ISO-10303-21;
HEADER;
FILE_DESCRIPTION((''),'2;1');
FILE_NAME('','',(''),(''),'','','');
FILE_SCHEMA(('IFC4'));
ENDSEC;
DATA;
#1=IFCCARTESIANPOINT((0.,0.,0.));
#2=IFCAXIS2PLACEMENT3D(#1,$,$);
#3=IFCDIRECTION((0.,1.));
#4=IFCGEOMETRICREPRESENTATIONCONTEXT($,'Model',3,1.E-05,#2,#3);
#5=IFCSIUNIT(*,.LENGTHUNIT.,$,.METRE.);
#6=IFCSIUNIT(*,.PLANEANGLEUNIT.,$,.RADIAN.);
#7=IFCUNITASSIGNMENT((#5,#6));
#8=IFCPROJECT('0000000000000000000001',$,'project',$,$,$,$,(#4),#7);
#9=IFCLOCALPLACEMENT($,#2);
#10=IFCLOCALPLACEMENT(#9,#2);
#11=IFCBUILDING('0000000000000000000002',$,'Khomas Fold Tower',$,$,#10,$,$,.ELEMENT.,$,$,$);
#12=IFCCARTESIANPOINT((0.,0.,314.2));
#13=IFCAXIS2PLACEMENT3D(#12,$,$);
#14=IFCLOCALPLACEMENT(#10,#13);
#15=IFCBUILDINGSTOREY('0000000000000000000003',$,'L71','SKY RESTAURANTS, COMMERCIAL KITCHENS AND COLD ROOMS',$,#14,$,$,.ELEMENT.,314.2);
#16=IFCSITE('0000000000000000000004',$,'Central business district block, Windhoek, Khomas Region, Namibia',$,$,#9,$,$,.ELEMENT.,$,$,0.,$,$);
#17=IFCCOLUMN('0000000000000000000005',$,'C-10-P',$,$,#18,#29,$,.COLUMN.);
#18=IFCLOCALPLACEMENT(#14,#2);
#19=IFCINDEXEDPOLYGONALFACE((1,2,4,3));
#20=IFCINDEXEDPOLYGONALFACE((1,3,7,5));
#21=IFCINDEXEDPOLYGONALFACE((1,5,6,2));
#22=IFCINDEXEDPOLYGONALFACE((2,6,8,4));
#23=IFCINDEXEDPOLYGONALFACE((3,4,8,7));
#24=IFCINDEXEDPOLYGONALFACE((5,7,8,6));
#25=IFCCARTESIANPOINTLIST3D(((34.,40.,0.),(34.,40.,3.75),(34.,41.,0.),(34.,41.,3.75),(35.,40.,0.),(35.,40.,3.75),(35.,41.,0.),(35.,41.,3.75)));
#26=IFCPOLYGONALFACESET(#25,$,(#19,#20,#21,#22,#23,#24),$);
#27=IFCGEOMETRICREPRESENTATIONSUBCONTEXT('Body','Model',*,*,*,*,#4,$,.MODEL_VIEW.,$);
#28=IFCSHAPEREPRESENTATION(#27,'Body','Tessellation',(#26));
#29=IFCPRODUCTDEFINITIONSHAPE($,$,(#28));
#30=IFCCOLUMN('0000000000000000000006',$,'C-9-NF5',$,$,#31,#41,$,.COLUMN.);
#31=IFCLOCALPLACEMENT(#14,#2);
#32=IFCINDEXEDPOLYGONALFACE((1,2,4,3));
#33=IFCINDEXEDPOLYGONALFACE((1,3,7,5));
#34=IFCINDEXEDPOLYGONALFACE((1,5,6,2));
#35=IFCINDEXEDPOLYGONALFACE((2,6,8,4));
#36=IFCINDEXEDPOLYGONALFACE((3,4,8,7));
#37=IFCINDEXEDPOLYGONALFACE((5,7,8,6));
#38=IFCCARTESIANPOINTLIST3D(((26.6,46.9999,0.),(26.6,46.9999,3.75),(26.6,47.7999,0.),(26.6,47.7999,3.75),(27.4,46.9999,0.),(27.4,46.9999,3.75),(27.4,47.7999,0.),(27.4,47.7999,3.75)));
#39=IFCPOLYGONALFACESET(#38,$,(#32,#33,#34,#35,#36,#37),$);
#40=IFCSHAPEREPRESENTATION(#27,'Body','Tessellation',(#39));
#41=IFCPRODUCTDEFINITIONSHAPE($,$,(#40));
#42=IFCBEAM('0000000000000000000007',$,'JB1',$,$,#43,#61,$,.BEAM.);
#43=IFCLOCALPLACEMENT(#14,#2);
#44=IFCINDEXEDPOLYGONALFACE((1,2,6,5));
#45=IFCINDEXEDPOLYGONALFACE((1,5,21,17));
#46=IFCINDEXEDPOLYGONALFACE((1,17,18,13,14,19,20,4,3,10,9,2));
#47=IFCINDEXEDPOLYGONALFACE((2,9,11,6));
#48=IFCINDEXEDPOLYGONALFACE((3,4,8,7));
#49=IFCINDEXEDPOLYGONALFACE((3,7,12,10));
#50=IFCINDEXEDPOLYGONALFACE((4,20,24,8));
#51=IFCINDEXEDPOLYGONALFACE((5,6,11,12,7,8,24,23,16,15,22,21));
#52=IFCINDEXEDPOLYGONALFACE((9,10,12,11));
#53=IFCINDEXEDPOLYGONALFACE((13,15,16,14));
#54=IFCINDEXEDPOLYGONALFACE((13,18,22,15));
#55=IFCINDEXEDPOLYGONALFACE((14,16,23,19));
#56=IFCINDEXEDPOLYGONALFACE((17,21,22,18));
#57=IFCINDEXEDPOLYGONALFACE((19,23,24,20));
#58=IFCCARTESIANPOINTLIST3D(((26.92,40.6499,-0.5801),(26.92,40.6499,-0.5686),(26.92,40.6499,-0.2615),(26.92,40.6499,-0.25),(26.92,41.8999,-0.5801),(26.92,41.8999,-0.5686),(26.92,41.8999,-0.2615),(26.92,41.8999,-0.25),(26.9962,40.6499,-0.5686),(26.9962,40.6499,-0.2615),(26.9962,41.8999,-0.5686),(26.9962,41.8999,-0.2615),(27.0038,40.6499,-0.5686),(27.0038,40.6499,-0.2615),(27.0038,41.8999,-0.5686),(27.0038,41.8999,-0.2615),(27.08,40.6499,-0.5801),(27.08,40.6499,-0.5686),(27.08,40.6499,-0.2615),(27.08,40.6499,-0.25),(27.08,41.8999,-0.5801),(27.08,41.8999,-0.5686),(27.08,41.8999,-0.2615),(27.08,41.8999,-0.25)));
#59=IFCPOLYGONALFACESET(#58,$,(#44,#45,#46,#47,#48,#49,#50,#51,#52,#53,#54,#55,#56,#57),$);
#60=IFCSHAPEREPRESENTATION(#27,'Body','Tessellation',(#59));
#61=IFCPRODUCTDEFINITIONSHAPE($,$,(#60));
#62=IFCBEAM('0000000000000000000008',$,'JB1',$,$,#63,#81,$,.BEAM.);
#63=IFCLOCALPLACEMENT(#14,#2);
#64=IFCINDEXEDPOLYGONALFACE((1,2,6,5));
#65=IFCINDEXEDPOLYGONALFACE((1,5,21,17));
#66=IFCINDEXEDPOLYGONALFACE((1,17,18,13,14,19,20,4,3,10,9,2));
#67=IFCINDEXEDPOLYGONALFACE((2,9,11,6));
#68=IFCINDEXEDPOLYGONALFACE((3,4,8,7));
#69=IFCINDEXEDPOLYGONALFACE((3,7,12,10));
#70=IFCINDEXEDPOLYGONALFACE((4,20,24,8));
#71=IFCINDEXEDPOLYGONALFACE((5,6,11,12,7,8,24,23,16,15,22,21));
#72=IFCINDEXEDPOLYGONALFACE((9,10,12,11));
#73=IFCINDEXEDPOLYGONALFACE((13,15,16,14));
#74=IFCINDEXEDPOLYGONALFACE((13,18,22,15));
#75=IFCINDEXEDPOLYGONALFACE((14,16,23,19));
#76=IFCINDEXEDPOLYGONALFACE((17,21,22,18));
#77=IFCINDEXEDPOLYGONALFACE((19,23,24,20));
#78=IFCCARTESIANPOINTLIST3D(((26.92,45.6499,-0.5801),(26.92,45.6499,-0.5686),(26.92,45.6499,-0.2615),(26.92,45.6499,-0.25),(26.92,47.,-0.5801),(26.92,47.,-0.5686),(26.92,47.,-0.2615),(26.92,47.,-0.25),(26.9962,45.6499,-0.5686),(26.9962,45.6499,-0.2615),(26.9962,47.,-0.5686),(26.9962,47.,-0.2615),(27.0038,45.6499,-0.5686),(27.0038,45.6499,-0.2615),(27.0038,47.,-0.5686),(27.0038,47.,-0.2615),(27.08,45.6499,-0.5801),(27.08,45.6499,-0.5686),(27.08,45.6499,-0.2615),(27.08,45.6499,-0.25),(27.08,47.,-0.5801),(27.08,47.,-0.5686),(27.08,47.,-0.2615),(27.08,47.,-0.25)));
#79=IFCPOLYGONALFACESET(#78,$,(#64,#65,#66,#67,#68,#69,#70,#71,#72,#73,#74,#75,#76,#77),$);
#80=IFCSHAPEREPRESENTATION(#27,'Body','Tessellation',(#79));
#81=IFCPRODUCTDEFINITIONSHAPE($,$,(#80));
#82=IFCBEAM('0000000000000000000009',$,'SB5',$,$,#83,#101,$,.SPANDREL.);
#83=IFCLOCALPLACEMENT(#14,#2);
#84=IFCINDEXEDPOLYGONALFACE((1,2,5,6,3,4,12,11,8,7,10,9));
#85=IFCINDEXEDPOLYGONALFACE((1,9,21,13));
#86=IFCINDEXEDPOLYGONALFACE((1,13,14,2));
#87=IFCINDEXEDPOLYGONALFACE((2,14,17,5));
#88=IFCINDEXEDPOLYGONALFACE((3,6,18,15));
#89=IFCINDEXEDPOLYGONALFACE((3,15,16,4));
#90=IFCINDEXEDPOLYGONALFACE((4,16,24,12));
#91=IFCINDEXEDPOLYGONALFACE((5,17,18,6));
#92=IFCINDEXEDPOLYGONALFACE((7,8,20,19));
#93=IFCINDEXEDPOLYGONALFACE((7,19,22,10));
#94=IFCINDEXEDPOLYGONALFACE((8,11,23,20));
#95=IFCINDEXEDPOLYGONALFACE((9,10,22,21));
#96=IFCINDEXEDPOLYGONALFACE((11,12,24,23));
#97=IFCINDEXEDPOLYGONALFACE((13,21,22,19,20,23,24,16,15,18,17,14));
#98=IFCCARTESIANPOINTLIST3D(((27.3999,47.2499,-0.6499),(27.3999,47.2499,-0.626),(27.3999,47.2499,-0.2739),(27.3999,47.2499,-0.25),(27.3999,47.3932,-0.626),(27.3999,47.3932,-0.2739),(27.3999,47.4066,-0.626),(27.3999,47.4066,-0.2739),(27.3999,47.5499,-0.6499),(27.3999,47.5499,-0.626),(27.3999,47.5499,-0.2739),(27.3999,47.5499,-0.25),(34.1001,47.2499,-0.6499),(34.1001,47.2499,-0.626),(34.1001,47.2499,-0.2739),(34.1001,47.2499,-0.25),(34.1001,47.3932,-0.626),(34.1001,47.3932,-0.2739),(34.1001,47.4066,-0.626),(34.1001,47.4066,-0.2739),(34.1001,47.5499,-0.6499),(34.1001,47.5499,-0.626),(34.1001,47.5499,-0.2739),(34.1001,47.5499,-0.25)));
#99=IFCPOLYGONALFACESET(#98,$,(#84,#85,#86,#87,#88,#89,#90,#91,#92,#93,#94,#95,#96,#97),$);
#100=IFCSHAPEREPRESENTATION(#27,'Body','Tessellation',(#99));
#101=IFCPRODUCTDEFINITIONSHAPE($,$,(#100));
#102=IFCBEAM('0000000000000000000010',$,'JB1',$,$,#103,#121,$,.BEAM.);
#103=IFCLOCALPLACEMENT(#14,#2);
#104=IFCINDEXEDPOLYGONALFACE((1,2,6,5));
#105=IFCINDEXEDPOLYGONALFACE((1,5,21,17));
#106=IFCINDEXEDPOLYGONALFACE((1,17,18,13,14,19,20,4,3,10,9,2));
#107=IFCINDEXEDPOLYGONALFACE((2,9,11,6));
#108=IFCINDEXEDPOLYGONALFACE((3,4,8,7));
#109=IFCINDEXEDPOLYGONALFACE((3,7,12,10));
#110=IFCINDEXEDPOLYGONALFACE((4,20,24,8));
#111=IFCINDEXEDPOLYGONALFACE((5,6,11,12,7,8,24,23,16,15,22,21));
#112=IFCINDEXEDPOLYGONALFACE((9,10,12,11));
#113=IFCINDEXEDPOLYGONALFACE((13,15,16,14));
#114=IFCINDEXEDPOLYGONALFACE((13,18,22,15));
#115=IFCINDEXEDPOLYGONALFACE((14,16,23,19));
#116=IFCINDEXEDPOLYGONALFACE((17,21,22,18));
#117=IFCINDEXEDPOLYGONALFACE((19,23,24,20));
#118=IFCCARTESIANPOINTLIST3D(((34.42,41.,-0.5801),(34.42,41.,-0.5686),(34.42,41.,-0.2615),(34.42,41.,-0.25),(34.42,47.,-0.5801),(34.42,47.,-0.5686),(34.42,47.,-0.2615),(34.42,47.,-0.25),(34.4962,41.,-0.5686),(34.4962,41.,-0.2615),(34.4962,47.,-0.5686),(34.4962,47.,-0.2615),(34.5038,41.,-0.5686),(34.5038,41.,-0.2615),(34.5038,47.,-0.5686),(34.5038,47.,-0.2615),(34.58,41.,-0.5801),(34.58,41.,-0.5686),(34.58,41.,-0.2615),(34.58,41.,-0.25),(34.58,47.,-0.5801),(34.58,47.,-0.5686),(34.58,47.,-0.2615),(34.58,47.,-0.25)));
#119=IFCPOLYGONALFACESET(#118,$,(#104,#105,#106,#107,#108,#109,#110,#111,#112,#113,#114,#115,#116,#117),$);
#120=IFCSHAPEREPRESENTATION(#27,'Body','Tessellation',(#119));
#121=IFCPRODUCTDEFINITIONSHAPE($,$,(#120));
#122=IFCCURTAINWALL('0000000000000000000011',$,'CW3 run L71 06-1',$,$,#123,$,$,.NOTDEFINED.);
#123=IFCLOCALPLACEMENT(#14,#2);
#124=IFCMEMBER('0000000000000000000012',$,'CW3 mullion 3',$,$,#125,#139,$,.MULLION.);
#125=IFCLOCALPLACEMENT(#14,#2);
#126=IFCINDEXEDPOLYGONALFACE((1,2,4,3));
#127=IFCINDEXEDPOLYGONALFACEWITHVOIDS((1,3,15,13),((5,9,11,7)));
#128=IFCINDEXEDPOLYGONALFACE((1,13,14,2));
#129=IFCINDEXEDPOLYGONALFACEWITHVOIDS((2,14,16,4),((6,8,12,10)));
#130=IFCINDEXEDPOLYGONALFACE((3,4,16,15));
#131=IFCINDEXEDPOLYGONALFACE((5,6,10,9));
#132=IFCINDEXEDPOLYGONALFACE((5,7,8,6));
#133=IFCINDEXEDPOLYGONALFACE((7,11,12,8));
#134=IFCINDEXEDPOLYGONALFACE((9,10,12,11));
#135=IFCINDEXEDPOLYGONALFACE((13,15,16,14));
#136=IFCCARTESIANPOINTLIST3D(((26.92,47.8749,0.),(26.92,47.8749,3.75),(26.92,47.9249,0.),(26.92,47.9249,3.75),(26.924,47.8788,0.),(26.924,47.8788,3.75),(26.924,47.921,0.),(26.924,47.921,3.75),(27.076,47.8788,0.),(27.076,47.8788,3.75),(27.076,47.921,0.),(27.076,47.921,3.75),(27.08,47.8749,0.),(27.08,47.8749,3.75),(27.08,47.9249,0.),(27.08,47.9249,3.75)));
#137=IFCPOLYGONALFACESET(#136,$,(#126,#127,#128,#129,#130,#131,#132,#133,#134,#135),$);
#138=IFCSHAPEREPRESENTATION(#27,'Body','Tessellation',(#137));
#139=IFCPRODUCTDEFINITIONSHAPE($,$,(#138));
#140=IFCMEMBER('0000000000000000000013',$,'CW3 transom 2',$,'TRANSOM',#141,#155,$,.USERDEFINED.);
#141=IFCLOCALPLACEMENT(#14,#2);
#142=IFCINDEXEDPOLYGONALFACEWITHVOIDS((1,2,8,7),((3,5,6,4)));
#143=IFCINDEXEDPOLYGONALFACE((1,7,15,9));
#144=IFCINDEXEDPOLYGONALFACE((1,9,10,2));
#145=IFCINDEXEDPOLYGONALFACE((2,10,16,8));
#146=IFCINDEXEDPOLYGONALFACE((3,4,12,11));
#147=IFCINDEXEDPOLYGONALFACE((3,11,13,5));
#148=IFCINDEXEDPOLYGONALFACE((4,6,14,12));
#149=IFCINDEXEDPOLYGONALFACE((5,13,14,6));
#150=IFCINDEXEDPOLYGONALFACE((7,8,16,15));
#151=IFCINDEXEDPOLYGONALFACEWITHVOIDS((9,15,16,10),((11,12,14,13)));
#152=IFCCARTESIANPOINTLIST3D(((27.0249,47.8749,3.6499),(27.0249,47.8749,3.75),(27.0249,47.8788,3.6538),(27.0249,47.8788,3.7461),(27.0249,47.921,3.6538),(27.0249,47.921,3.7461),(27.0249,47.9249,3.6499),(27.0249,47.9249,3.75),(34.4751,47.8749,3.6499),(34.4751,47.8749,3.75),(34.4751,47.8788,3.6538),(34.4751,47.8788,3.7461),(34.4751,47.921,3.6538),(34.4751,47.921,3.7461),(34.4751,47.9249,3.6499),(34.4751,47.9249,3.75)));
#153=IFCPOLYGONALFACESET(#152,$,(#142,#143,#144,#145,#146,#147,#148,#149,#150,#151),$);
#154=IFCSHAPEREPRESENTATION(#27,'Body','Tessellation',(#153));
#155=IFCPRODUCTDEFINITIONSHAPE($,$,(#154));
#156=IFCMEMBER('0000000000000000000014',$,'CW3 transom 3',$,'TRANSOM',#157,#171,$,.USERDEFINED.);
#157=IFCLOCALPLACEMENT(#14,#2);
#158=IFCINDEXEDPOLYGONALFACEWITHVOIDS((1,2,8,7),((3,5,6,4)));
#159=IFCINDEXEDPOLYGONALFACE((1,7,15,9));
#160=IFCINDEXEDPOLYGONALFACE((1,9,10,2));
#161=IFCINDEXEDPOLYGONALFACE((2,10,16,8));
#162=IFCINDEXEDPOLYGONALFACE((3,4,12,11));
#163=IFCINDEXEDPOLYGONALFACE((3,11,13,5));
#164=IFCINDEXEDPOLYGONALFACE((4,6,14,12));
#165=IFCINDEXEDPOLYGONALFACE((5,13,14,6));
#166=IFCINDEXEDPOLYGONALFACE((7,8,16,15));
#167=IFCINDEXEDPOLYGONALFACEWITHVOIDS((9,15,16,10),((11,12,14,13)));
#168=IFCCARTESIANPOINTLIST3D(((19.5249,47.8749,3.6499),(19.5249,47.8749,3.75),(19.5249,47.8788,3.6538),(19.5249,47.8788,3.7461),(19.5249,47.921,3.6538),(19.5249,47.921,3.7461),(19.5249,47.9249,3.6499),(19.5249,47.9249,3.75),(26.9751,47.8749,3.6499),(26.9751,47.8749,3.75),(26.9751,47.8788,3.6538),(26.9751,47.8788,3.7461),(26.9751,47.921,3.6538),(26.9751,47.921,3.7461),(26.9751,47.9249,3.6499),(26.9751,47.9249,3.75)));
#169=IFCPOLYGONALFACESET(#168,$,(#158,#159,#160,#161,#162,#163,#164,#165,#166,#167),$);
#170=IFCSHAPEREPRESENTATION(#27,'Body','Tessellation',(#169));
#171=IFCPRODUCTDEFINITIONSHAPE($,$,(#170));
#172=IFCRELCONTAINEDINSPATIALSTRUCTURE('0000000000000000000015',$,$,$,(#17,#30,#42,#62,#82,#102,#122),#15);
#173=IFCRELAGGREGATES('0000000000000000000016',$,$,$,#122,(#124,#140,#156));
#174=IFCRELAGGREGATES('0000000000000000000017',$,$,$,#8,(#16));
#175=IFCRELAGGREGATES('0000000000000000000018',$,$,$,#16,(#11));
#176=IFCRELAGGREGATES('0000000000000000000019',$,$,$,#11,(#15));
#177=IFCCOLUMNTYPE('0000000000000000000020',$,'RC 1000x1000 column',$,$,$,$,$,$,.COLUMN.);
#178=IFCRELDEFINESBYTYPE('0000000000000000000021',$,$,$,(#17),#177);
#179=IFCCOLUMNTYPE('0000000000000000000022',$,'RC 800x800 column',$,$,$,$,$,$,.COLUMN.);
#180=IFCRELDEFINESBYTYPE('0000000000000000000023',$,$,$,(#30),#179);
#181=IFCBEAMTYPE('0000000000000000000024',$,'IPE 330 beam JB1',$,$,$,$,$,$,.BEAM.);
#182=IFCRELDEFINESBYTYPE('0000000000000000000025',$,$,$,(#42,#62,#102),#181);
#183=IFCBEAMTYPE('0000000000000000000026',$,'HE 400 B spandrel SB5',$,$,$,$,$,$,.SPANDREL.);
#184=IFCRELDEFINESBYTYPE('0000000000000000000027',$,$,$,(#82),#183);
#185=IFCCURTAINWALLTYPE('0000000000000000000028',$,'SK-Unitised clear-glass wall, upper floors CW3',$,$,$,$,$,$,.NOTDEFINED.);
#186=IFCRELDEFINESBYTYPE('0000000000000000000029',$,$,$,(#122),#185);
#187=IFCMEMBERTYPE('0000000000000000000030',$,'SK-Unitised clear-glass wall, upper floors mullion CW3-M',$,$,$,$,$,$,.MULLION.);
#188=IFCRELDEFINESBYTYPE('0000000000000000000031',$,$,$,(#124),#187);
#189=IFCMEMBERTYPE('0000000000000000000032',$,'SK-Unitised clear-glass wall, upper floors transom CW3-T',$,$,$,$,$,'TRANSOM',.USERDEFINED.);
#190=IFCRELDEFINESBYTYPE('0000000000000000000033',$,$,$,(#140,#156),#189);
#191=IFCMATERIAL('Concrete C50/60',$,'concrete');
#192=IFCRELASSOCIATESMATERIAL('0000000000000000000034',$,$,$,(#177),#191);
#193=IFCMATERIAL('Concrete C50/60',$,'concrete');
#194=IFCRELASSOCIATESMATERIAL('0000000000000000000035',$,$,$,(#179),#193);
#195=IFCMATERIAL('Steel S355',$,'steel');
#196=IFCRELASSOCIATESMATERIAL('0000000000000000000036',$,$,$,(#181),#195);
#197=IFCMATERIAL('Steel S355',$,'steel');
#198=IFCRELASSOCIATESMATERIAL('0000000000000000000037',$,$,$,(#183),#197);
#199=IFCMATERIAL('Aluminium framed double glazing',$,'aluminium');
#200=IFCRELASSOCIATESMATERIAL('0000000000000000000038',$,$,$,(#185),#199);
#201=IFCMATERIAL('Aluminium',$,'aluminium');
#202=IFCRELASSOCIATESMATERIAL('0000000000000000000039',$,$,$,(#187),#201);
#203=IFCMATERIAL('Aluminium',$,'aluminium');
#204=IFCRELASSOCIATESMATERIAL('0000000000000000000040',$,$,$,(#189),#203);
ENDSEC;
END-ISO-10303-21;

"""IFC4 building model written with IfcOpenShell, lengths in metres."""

from ifc_helpers import new_model, si_unit, direction, frame, origin, origin_2d, place, context, subcontext, project, spatial, rectangle, hollow_rectangle, i_section, extrude, source, transform, mapped, material, material_profile, profile_set, type_object, element, aggregate, save


model = new_model("IFC4")

# Units and contexts
model_context = context("Model", 3, precision=1e-05, world=origin(), true_north=direction((0.0, 1.0)))
body_context = subcontext(model_context, "Body", "Model", "MODEL_VIEW")
ifc_project = project(units=[si_unit("LENGTHUNIT", "METRE"), si_unit("PLANEANGLEUNIT", "RADIAN")], contexts=[model_context])

# Site, building, storey
site_placement = place(None, origin())
site = spatial("IfcSite", under=ifc_project, at=site_placement, Name="Central business district block, Windhoek, Khomas Region, Namibia", CompositionType="ELEMENT", RefElevation=0.0)
building_placement = place(site_placement, origin())
building = spatial("IfcBuilding", under=site, at=building_placement, Name="Khomas Fold Tower", CompositionType="ELEMENT")
storey_placement = place(building_placement, frame((0.0, 0.0, 314.2)))
storey = spatial("IfcBuildingStorey", under=building, at=storey_placement, Name="L71", Description="SKY RESTAURANTS, COMMERCIAL KITCHENS AND COLD ROOMS", CompositionType="ELEMENT", Elevation=314.2)

# Columns
ifc_material_1 = material(Name="Concrete C50/60", Category="concrete")
ifc_material_profile_1 = material_profile(ifc_material_1, rectangle(XDim=1.0, YDim=1.0, at=origin_2d()), Name="RC 1000x1000")
ifc_profile_set_1 = profile_set([ifc_material_profile_1], Name="Concrete C50/60")
column_type_1 = type_object("IfcColumnType", Name="RC 1000x1000 column", PredefinedType="COLUMN", material=ifc_profile_set_1)
shared_shape_1 = source(origin(), body_context, "Body", "SweptSolid", [
    extrude(rectangle(XDim=1.0, YDim=1.0, at=origin_2d()), origin(), (0.0, 0.0, 1.0), 3.75),
])
column_1_placement = place(storey_placement, frame((34.5, 40.5, 0.0), z_axis=(0.0, 0.0, 1.0), x_axis=(1.0, 0.0, 0.0)))
element("IfcColumn", 1, at=column_1_placement, inside=storey, type_object=column_type_1, Name="C-10-P", PredefinedType="COLUMN", context=body_context, shape_type="MappedRepresentation", body=[
    mapped(shared_shape_1, transform((0.0, 0.0, 0.0))),
])
ifc_material_2 = material(Name="Concrete C50/60", Category="concrete")
ifc_material_profile_2 = material_profile(ifc_material_2, rectangle(XDim=0.8, YDim=0.8, at=origin_2d()), Name="RC 800x800")
ifc_profile_set_2 = profile_set([ifc_material_profile_2], Name="Concrete C50/60")
column_type_2 = type_object("IfcColumnType", Name="RC 800x800 column", PredefinedType="COLUMN", material=ifc_profile_set_2)
shared_shape_2 = source(origin(), body_context, "Body", "SweptSolid", [
    extrude(rectangle(XDim=0.8, YDim=0.8, at=origin_2d()), origin(), (0.0, 0.0, 1.0), 3.75),
])
column_2_placement = place(storey_placement, frame((27.0, 47.3999, 0.0), z_axis=(0.0, 0.0, 1.0), x_axis=(1.0, 0.0, 0.0)))
element("IfcColumn", 2, at=column_2_placement, inside=storey, type_object=column_type_2, Name="C-9-NF5", PredefinedType="COLUMN", context=body_context, shape_type="MappedRepresentation", body=[
    mapped(shared_shape_2, transform((0.0, 0.0, 0.0))),
])

# Beams
ifc_material_3 = material(Name="Steel S355", Category="steel")
ifc_material_profile_3 = material_profile(ifc_material_3, i_section(OverallWidth=0.1599, OverallDepth=0.3301, WebThickness=0.0076, FlangeThickness=0.0115, at=origin_2d()), Name="IPE 330")
ifc_profile_set_3 = profile_set([ifc_material_profile_3], Name="Steel S355")
beam_type_1 = type_object("IfcBeamType", Name="IPE 330 beam JB1", PredefinedType="BEAM", material=ifc_profile_set_3)
shared_shape_3 = source(origin(), body_context, "Body", "SweptSolid", [
    extrude(i_section(OverallWidth=0.1599, OverallDepth=0.3301, WebThickness=0.0076, FlangeThickness=0.0115, at=origin_2d()), origin(), (0.0, 0.0, 1.0), 1.25),
])
beam_1_placement = place(storey_placement, frame((27.0, 40.6499, -0.415), z_axis=(0.0, 1.0, 0.0), x_axis=(-1.0, 0.0, 0.0)))
element("IfcBeam", 3, at=beam_1_placement, inside=storey, type_object=beam_type_1, Name="JB1", PredefinedType="BEAM", context=body_context, shape_type="MappedRepresentation", body=[
    mapped(shared_shape_3, transform((0.0, 0.0, 0.0))),
])
shared_shape_4 = source(origin(), body_context, "Body", "SweptSolid", [
    extrude(i_section(OverallWidth=0.1599, OverallDepth=0.3301, WebThickness=0.0076, FlangeThickness=0.0115, at=origin_2d()), origin(), (0.0, 0.0, 1.0), 1.3501),
])
beam_2_placement = place(storey_placement, frame((27.0, 45.6499, -0.415), z_axis=(0.0, 1.0, 0.0), x_axis=(-1.0, 0.0, 0.0)))
element("IfcBeam", 4, at=beam_2_placement, inside=storey, type_object=beam_type_1, Name="JB1", PredefinedType="BEAM", context=body_context, shape_type="MappedRepresentation", body=[
    mapped(shared_shape_4, transform((0.0, 0.0, 0.0))),
])
ifc_material_4 = material(Name="Steel S355", Category="steel")
ifc_material_profile_4 = material_profile(ifc_material_4, i_section(OverallWidth=0.3, OverallDepth=0.3999, WebThickness=0.0134, FlangeThickness=0.0239, at=origin_2d()), Name="HE 400 B")
ifc_profile_set_4 = profile_set([ifc_material_profile_4], Name="Steel S355")
beam_type_2 = type_object("IfcBeamType", Name="HE 400 B spandrel SB5", PredefinedType="SPANDREL", material=ifc_profile_set_4)
shared_shape_5 = source(origin(), body_context, "Body", "SweptSolid", [
    extrude(i_section(OverallWidth=0.3, OverallDepth=0.3999, WebThickness=0.0134, FlangeThickness=0.0239, at=origin_2d()), origin(), (0.0, 0.0, 1.0), 6.7002),
])
beam_3_placement = place(storey_placement, frame((27.3999, 47.3999, -0.45), z_axis=(1.0, 0.0, 0.0), x_axis=(0.0, 1.0, 0.0)))
element("IfcBeam", 5, at=beam_3_placement, inside=storey, type_object=beam_type_2, Name="SB5", PredefinedType="SPANDREL", context=body_context, shape_type="MappedRepresentation", body=[
    mapped(shared_shape_5, transform((0.0, 0.0, 0.0))),
])
shared_shape_6 = source(origin(), body_context, "Body", "SweptSolid", [
    extrude(i_section(OverallWidth=0.1599, OverallDepth=0.3301, WebThickness=0.0076, FlangeThickness=0.0115, at=origin_2d()), origin(), (0.0, 0.0, 1.0), 6.0),
])
beam_4_placement = place(storey_placement, frame((34.5, 41.0, -0.415), z_axis=(0.0, 1.0, 0.0), x_axis=(-1.0, 0.0, 0.0)))
element("IfcBeam", 6, at=beam_4_placement, inside=storey, type_object=beam_type_1, Name="JB1", PredefinedType="BEAM", context=body_context, shape_type="MappedRepresentation", body=[
    mapped(shared_shape_6, transform((0.0, 0.0, 0.0))),
])

# Curtain wall, members
ifc_material_5 = material(Name="Aluminium framed double glazing", Category="aluminium")
curtain_wall_type = type_object("IfcCurtainWallType", Name="SK-Unitised clear-glass wall, upper floors CW3", PredefinedType="NOTDEFINED", material=ifc_material_5)
curtain_wall_placement = place(storey_placement, origin())
curtain_wall = element("IfcCurtainWall", 7, at=curtain_wall_placement, inside=storey, type_object=curtain_wall_type, Name="CW3 run L71 06-1", PredefinedType="NOTDEFINED")
ifc_material_6 = material(Name="Aluminium", Category="aluminium")
ifc_material_profile_5 = material_profile(ifc_material_6, hollow_rectangle(XDim=0.05, YDim=0.1599, WallThickness=0.0039, at=origin_2d()), Name="SK-Unitised clear-glass wall, upper floors mullion CW3-M")
ifc_profile_set_5 = profile_set([ifc_material_profile_5], Name="Aluminium")
member_type_1 = type_object("IfcMemberType", Name="SK-Unitised clear-glass wall, upper floors mullion CW3-M", PredefinedType="MULLION", material=ifc_profile_set_5)
shared_shape_7 = source(origin(), body_context, "Body", "SweptSolid", [
    extrude(hollow_rectangle(XDim=0.05, YDim=0.1599, WallThickness=0.0039, at=origin_2d()), origin(), (0.0, 0.0, 1.0), 3.75),
])
member_1_placement = place(storey_placement, frame((27.0, 47.8999, 0.0), z_axis=(0.0, 0.0, 1.0), x_axis=(0.0, -1.0, 0.0)))
member_1 = element("IfcMember", 8, at=member_1_placement, type_object=member_type_1, Name="CW3 mullion 3", PredefinedType="MULLION", context=body_context, shape_type="MappedRepresentation", body=[
    mapped(shared_shape_7, transform((0.0, 0.0, 0.0))),
])
ifc_material_7 = material(Name="Aluminium", Category="aluminium")
ifc_material_profile_6 = material_profile(ifc_material_7, hollow_rectangle(XDim=0.05, YDim=0.1001, WallThickness=0.0039, at=origin_2d()), Name="SK-Unitised clear-glass wall, upper floors transom CW3-T")
ifc_profile_set_6 = profile_set([ifc_material_profile_6], Name="Aluminium")
member_type_2 = type_object("IfcMemberType", Name="SK-Unitised clear-glass wall, upper floors transom CW3-T", ElementType="TRANSOM", PredefinedType="USERDEFINED", material=ifc_profile_set_6)
shared_shape_8 = source(origin(), body_context, "Body", "SweptSolid", [
    extrude(hollow_rectangle(XDim=0.05, YDim=0.1001, WallThickness=0.0039, at=origin_2d()), origin(), (0.0, 0.0, 1.0), 7.4502),
])
member_2_placement = place(storey_placement, frame((34.4751, 47.8999, 3.7), z_axis=(-1.0, 0.0, 0.0), x_axis=(0.0, -1.0, 0.0)))
member_2 = element("IfcMember", 9, at=member_2_placement, type_object=member_type_2, Name="CW3 transom 2", ObjectType="TRANSOM", PredefinedType="USERDEFINED", context=body_context, shape_type="MappedRepresentation", body=[
    mapped(shared_shape_8, transform((0.0, 0.0, 0.0))),
])
member_3_placement = place(storey_placement, frame((26.9751, 47.8999, 3.7), z_axis=(-1.0, 0.0, 0.0), x_axis=(0.0, -1.0, 0.0)))
member_3 = element("IfcMember", 10, at=member_3_placement, type_object=member_type_2, Name="CW3 transom 3", ObjectType="TRANSOM", PredefinedType="USERDEFINED", context=body_context, shape_type="MappedRepresentation", body=[
    mapped(shared_shape_8, transform((0.0, 0.0, 0.0))),
])
aggregate(curtain_wall, [member_1, member_2, member_3])

save(model, "model.ifc")
